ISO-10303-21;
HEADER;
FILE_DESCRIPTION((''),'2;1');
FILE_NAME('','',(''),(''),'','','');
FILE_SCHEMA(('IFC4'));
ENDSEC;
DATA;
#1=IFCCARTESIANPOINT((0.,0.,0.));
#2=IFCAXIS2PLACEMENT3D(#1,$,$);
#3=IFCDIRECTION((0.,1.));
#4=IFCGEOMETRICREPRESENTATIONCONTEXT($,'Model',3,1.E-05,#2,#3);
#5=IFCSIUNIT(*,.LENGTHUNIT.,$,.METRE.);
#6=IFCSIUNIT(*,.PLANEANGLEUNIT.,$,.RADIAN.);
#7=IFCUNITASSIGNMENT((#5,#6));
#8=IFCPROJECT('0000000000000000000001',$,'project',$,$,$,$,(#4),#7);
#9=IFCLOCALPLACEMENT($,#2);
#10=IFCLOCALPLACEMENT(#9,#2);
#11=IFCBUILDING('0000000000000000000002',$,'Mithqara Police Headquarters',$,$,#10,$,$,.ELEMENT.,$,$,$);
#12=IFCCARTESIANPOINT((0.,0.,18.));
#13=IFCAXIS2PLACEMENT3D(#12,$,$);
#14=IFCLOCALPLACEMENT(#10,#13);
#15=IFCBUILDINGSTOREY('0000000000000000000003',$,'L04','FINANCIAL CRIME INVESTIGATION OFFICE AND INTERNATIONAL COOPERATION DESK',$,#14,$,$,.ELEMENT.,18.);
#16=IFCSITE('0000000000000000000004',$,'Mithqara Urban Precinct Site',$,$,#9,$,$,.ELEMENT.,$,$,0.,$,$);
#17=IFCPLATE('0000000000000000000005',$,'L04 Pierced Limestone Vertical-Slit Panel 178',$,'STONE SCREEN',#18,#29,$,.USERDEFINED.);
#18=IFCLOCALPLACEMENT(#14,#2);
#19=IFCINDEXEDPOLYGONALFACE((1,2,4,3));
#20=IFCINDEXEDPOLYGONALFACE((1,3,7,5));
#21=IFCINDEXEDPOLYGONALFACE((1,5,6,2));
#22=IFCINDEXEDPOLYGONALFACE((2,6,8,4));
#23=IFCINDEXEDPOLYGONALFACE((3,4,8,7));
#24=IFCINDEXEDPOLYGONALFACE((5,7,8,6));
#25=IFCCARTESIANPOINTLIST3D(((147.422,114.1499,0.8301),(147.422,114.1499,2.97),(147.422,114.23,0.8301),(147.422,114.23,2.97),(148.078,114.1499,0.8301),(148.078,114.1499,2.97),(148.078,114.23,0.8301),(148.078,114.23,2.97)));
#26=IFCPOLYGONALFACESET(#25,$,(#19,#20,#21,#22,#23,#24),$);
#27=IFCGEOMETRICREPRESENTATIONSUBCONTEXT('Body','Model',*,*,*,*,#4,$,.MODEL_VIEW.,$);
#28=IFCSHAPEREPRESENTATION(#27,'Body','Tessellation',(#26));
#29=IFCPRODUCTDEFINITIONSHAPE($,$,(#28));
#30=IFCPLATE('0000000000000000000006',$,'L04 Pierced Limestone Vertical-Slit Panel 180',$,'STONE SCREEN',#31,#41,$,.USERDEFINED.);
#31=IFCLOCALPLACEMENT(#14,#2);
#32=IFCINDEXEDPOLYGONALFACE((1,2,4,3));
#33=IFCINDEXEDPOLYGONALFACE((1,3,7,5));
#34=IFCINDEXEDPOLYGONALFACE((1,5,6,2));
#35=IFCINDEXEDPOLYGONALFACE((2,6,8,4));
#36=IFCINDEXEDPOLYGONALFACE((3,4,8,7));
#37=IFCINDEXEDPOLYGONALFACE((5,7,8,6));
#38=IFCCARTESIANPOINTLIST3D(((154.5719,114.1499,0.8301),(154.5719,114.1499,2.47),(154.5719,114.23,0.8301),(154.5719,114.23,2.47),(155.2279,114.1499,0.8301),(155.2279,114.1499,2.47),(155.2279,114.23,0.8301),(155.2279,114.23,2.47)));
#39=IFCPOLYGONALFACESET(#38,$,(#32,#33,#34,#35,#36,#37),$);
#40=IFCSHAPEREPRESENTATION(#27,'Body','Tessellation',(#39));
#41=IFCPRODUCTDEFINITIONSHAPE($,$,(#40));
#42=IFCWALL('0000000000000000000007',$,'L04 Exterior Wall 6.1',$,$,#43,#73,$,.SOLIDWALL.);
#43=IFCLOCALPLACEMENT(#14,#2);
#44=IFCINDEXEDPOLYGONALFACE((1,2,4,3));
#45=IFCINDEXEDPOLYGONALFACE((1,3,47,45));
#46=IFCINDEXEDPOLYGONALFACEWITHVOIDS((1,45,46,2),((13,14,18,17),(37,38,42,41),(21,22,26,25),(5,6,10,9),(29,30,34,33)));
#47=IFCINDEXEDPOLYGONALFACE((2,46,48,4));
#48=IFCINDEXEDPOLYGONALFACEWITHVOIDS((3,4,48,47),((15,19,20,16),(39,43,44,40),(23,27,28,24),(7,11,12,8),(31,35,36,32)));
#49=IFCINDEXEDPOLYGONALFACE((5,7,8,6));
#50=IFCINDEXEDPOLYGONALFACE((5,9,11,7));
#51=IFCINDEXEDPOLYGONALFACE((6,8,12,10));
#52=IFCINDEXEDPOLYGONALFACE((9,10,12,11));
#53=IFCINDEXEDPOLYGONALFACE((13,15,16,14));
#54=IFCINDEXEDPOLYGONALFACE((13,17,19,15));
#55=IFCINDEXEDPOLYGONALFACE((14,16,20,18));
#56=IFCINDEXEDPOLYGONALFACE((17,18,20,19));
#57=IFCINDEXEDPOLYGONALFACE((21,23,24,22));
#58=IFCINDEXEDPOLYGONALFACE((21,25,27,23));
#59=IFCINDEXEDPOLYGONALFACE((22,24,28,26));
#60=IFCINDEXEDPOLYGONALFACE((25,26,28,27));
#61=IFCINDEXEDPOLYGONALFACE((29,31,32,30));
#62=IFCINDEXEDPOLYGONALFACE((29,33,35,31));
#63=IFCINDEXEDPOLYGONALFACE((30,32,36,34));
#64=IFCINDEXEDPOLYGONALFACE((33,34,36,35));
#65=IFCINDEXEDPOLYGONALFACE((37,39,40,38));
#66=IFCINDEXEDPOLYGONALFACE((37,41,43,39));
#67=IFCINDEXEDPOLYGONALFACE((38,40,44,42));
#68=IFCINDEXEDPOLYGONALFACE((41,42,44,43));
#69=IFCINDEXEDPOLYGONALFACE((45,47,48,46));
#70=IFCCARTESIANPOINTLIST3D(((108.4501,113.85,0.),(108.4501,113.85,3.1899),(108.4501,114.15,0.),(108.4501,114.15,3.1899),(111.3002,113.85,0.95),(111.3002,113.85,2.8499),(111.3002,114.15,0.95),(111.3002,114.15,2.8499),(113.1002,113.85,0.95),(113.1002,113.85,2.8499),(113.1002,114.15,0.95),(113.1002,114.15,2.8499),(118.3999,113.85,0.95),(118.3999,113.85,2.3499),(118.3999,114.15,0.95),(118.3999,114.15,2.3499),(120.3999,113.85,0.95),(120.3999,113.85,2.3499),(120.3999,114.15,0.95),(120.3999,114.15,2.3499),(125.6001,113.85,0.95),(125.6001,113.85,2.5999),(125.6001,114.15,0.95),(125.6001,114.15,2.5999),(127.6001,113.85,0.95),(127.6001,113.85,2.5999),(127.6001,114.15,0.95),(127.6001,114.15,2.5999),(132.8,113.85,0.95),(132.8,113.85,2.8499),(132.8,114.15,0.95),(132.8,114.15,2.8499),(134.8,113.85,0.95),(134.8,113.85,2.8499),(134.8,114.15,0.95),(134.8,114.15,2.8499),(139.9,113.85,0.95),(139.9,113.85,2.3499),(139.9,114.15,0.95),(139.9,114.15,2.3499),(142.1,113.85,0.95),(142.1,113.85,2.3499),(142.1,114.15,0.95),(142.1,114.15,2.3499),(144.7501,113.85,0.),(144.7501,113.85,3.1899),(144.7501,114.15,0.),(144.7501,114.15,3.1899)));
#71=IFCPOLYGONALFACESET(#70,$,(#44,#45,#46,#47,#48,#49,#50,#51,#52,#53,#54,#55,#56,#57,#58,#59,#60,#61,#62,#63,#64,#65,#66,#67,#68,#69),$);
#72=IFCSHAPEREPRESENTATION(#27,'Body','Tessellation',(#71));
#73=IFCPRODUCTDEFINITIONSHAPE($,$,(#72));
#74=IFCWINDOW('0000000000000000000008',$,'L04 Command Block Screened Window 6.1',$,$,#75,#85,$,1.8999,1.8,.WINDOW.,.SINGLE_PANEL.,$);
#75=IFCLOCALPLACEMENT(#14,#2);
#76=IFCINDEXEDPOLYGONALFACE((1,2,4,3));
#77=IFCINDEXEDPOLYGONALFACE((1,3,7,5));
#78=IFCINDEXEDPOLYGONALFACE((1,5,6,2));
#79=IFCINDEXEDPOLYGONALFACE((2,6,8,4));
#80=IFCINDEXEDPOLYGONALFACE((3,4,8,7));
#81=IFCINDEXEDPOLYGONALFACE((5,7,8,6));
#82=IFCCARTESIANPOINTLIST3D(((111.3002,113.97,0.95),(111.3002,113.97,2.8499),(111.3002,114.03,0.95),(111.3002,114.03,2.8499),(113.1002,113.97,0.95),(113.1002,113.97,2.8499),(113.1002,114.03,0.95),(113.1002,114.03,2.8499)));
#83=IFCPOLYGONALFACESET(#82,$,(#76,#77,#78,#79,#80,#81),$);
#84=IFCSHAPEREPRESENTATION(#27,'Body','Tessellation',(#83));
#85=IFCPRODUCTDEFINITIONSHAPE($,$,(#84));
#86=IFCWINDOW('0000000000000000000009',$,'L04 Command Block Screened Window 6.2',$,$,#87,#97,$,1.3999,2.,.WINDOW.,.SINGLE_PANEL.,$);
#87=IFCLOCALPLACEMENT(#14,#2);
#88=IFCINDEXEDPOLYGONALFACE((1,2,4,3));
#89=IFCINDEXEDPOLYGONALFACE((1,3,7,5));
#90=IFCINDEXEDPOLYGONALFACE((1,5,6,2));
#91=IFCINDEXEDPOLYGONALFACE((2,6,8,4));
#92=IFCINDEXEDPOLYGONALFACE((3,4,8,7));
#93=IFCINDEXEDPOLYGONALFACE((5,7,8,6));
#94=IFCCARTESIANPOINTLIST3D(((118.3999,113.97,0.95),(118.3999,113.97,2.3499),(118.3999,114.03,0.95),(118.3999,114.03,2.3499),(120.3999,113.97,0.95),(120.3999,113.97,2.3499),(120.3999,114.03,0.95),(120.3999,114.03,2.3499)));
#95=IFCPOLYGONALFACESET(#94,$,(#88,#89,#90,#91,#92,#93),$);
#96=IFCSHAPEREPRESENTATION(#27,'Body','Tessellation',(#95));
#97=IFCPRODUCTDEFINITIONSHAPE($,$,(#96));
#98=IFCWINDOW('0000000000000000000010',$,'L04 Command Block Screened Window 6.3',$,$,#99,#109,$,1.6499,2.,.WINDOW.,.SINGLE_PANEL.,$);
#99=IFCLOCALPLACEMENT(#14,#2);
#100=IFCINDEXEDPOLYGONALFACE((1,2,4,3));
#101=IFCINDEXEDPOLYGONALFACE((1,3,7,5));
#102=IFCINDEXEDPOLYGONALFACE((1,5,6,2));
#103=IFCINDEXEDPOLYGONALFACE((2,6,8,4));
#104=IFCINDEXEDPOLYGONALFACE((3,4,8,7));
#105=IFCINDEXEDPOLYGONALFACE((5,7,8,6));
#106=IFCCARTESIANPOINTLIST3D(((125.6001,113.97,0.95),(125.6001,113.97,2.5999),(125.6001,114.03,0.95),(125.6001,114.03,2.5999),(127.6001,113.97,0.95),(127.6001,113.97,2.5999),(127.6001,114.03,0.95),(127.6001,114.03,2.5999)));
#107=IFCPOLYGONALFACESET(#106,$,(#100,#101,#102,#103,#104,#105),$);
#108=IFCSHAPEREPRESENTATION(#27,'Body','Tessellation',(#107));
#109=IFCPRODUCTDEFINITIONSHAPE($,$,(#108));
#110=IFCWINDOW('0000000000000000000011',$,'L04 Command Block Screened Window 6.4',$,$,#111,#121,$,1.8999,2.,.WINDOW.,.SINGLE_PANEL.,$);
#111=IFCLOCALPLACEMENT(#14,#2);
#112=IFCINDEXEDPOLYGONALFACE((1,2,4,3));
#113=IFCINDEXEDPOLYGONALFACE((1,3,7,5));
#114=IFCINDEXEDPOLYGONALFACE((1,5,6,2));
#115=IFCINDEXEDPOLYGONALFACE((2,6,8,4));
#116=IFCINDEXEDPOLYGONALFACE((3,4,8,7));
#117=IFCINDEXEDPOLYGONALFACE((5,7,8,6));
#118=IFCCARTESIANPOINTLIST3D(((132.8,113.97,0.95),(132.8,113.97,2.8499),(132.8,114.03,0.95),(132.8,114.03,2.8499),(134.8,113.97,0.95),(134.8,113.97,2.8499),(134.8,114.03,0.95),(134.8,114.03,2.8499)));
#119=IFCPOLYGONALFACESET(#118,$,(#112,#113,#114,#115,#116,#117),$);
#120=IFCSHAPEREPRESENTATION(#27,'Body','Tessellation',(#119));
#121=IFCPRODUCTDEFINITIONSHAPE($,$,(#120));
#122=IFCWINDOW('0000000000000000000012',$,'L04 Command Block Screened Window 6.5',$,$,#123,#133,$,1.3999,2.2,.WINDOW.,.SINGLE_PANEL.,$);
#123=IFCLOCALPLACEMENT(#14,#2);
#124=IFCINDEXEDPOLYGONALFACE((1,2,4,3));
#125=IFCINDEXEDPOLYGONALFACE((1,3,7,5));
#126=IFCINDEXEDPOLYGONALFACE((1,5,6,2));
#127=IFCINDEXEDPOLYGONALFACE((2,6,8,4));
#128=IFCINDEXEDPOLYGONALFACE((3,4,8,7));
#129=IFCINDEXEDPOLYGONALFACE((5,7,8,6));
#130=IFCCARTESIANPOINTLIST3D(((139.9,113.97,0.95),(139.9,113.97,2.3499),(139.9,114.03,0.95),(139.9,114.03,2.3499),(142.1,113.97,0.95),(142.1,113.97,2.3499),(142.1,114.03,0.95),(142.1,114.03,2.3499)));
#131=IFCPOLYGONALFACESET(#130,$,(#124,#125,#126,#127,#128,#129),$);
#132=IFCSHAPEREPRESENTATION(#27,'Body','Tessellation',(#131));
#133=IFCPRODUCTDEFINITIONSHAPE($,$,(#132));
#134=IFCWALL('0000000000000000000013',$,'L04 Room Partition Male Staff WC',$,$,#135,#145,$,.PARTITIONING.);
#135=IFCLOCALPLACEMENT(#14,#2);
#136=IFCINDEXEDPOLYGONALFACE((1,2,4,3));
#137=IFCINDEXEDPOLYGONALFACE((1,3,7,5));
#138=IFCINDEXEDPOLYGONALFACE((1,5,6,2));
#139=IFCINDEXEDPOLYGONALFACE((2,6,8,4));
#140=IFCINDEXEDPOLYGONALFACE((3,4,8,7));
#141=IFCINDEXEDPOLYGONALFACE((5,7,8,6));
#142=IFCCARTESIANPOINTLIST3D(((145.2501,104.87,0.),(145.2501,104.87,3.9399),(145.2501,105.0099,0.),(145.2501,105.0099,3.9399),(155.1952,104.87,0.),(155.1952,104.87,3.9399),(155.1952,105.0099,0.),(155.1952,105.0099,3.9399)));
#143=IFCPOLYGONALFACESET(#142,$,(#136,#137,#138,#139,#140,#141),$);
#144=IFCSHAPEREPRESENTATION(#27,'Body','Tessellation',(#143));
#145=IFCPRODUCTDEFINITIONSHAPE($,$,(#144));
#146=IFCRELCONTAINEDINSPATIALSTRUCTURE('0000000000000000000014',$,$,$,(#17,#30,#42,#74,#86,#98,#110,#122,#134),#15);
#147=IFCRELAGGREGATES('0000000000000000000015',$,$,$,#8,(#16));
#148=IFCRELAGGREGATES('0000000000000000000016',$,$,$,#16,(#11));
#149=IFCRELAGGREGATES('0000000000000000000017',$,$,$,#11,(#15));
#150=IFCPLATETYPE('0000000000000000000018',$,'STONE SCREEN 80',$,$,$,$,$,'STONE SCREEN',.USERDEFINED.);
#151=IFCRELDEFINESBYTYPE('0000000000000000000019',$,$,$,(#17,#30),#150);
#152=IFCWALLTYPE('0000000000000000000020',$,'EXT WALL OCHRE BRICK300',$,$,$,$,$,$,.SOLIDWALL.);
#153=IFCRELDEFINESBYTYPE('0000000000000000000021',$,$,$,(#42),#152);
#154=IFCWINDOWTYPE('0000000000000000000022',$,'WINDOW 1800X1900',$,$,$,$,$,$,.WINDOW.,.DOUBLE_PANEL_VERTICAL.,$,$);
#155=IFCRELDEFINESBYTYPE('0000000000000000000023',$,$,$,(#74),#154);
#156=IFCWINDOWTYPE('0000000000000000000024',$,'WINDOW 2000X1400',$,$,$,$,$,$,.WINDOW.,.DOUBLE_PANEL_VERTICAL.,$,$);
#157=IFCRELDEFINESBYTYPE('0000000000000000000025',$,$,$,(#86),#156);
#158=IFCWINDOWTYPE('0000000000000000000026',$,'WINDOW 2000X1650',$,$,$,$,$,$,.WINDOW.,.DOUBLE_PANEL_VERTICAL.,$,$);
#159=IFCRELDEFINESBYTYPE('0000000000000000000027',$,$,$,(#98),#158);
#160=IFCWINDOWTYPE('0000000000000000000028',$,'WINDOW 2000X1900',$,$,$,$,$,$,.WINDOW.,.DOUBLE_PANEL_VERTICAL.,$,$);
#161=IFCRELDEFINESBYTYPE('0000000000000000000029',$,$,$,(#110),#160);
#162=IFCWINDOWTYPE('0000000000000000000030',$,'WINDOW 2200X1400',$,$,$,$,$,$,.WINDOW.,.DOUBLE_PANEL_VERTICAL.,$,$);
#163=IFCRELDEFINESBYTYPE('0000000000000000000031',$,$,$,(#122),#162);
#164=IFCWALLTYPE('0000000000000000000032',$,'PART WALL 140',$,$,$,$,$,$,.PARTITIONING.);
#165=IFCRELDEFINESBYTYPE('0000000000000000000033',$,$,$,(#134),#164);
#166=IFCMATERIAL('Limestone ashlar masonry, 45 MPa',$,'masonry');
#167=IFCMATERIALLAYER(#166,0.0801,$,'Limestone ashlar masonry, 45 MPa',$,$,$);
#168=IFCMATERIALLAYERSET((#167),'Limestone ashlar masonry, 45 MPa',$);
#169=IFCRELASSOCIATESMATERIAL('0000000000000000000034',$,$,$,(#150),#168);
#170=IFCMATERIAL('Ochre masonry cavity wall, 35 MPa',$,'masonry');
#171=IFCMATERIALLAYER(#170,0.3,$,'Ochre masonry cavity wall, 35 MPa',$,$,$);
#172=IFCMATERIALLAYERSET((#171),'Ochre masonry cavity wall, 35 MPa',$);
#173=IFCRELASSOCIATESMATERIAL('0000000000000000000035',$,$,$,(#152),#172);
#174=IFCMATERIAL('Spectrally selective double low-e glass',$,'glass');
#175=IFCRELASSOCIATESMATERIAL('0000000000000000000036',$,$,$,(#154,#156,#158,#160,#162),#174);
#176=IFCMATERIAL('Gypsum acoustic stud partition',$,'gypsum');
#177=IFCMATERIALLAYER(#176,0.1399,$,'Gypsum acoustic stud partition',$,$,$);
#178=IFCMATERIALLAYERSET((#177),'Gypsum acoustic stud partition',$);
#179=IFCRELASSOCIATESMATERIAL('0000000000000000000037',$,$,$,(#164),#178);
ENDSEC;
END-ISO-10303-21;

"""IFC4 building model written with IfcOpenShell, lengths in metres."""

from ifc_helpers import new_model, si_unit, direction, frame, frame_2d, origin, origin_2d, place, context, subcontext, project, spatial, rectangle, extrude, material, layer, layer_set, type_object, element, fill, save


model = new_model("IFC4")

# Units and contexts
model_context = context("Model", 3, precision=1e-05, world=origin(), true_north=direction((0.0, 1.0)))
body_context = subcontext(model_context, "Body", "Model", "MODEL_VIEW")
ifc_project = project(units=[si_unit("LENGTHUNIT", "METRE"), si_unit("PLANEANGLEUNIT", "RADIAN")], contexts=[model_context])

# Site, building, storey
site_placement = place(None, origin())
site = spatial("IfcSite", under=ifc_project, at=site_placement, Name="Mithqara Urban Precinct Site", CompositionType="ELEMENT", RefElevation=0.0)
building_placement = place(site_placement, origin())
building = spatial("IfcBuilding", under=site, at=building_placement, Name="Mithqara Police Headquarters", CompositionType="ELEMENT")
storey_placement = place(building_placement, frame((0.0, 0.0, 18.0)))
storey = spatial("IfcBuildingStorey", under=building, at=storey_placement, Name="L04", Description="FINANCIAL CRIME INVESTIGATION OFFICE AND INTERNATIONAL COOPERATION DESK", CompositionType="ELEMENT", Elevation=18.0)

# Plates
ifc_material_1 = material(Name="Limestone ashlar masonry, 45 MPa", Category="masonry")
ifc_layer_1 = layer(ifc_material_1, 0.0801, Name="Limestone ashlar masonry, 45 MPa")
ifc_layer_set_1 = layer_set([ifc_layer_1], Name="Limestone ashlar masonry, 45 MPa")
plate_type = type_object("IfcPlateType", Name="STONE SCREEN 80", ElementType="STONE SCREEN", PredefinedType="USERDEFINED", material=ifc_layer_set_1)
for number, where, z_axis, x_axis, name in (
    (1, (147.75, 114.1899, 0.8301), (0.0, 0.0, 1.0), (1.0, 0.0, 0.0), "L04 Pierced Limestone Vertical-Slit Panel 178"),
):
    element("IfcPlate", number, at=place(storey_placement, frame(where, z_axis=z_axis, x_axis=x_axis)), inside=storey, type_object=plate_type, Name=name, ObjectType="STONE SCREEN", PredefinedType="USERDEFINED", context=body_context, shape_type="SweptSolid", body=[
        extrude(rectangle(XDim=0.656, YDim=0.0801, at=origin_2d()), origin(), (0.0, 0.0, 1.0), 2.1399),
    ])
plate_placement = place(storey_placement, frame((154.8999, 114.1899, 0.8301), z_axis=(0.0, 0.0, 1.0), x_axis=(1.0, 0.0, 0.0)))
element("IfcPlate", 2, at=plate_placement, inside=storey, type_object=plate_type, Name="L04 Pierced Limestone Vertical-Slit Panel 180", ObjectType="STONE SCREEN", PredefinedType="USERDEFINED", context=body_context, shape_type="SweptSolid", body=[
    extrude(rectangle(XDim=0.656, YDim=0.0801, at=origin_2d()), origin(), (0.0, 0.0, 1.0), 1.6399),
])

# Wall, openings, windows
ifc_material_2 = material(Name="Ochre masonry cavity wall, 35 MPa", Category="masonry")
ifc_layer_2 = layer(ifc_material_2, 0.3, Name="Ochre masonry cavity wall, 35 MPa")
ifc_layer_set_2 = layer_set([ifc_layer_2], Name="Ochre masonry cavity wall, 35 MPa")
wall_type_1 = type_object("IfcWallType", Name="EXT WALL OCHRE BRICK300", PredefinedType="SOLIDWALL", material=ifc_layer_set_2)
wall_1_placement = place(storey_placement, frame((144.75, 114.0, 0.0), z_axis=(0.0, 0.0, 1.0), x_axis=(-1.0, 0.0, 0.0)))
wall_1 = element("IfcWall", 3, at=wall_1_placement, inside=storey, type_object=wall_type_1, Name="L04 Exterior Wall 6.1", PredefinedType="SOLIDWALL", context=body_context, shape_type="SweptSolid", body=[
    extrude(rectangle(XDim=36.3, YDim=0.3, at=frame_2d((18.1499, 0.0))), origin(), (0.0, 0.0, 1.0), 3.1899),
])
opening_1_placement = place(wall_1_placement, frame((31.6499, 0.0, 0.95)))
opening_1 = element("IfcOpeningElement", 4, at=opening_1_placement, cuts=wall_1, PredefinedType="OPENING", context=body_context, shape_type="SweptSolid", body=[
    extrude(rectangle(XDim=1.8, YDim=1.8999, at=frame_2d((0.8999, 0.95))), frame((0.0, 0.1602, 0.0), z_axis=(0.0, -1.0, 0.0), x_axis=(1.0, 0.0, 0.0)), (0.0, 0.0, 1.0), 0.3201),
])
opening_2_placement = place(wall_1_placement, frame((24.3501, 0.0, 0.95)))
opening_2 = element("IfcOpeningElement", 5, at=opening_2_placement, cuts=wall_1, PredefinedType="OPENING", context=body_context, shape_type="SweptSolid", body=[
    extrude(rectangle(XDim=2.0, YDim=1.3999, at=frame_2d((1.0, 0.7))), frame((0.0, 0.1602, 0.0), z_axis=(0.0, -1.0, 0.0), x_axis=(1.0, 0.0, 0.0)), (0.0, 0.0, 1.0), 0.3201),
])
opening_3_placement = place(wall_1_placement, frame((17.1499, 0.0, 0.95)))
opening_3 = element("IfcOpeningElement", 6, at=opening_3_placement, cuts=wall_1, PredefinedType="OPENING", context=body_context, shape_type="SweptSolid", body=[
    extrude(rectangle(XDim=2.0, YDim=1.6499, at=frame_2d((1.0, 0.825))), frame((0.0, 0.1602, 0.0), z_axis=(0.0, -1.0, 0.0), x_axis=(1.0, 0.0, 0.0)), (0.0, 0.0, 1.0), 0.3201),
])
opening_4_placement = place(wall_1_placement, frame((9.95, 0.0, 0.95)))
opening_4 = element("IfcOpeningElement", 7, at=opening_4_placement, cuts=wall_1, PredefinedType="OPENING", context=body_context, shape_type="SweptSolid", body=[
    extrude(rectangle(XDim=2.0, YDim=1.8999, at=frame_2d((1.0, 0.95))), frame((0.0, 0.1602, 0.0), z_axis=(0.0, -1.0, 0.0), x_axis=(1.0, 0.0, 0.0)), (0.0, 0.0, 1.0), 0.3201),
])
opening_5_placement = place(wall_1_placement, frame((2.6499, 0.0, 0.95)))
opening_5 = element("IfcOpeningElement", 8, at=opening_5_placement, cuts=wall_1, PredefinedType="OPENING", context=body_context, shape_type="SweptSolid", body=[
    extrude(rectangle(XDim=2.2, YDim=1.3999, at=frame_2d((1.1001, 0.7))), frame((0.0, 0.1602, 0.0), z_axis=(0.0, -1.0, 0.0), x_axis=(1.0, 0.0, 0.0)), (0.0, 0.0, 1.0), 0.3201),
])
ifc_material_3 = material(Name="Spectrally selective double low-e glass", Category="glass")
window_type_1 = type_object("IfcWindowType", Name="WINDOW 1800X1900", PartitioningType="DOUBLE_PANEL_VERTICAL", PredefinedType="WINDOW", material=ifc_material_3)
window_1_placement = place(opening_1_placement, origin())
window_1 = element("IfcWindow", 9, at=window_1_placement, inside=storey, type_object=window_type_1, Name="L04 Command Block Screened Window 6.1", OverallHeight=1.8999, OverallWidth=1.8, PartitioningType="SINGLE_PANEL", PredefinedType="WINDOW", context=body_context, shape_type="SweptSolid", body=[
    extrude(rectangle(XDim=1.8, YDim=1.8999, at=frame_2d((0.8999, 0.95))), frame((0.0, 0.03, 0.0), z_axis=(0.0, -1.0, 0.0), x_axis=(1.0, 0.0, 0.0)), (0.0, 0.0, 1.0), 0.0601),
])
fill(opening_1, window_1)
window_type_2 = type_object("IfcWindowType", Name="WINDOW 2000X1400", PartitioningType="DOUBLE_PANEL_VERTICAL", PredefinedType="WINDOW", material=ifc_material_3)
window_2_placement = place(opening_2_placement, origin())
window_2 = element("IfcWindow", 10, at=window_2_placement, inside=storey, type_object=window_type_2, Name="L04 Command Block Screened Window 6.2", OverallHeight=1.3999, OverallWidth=2.0, PartitioningType="SINGLE_PANEL", PredefinedType="WINDOW", context=body_context, shape_type="SweptSolid", body=[
    extrude(rectangle(XDim=2.0, YDim=1.3999, at=frame_2d((1.0, 0.7))), frame((0.0, 0.03, 0.0), z_axis=(0.0, -1.0, 0.0), x_axis=(1.0, 0.0, 0.0)), (0.0, 0.0, 1.0), 0.0601),
])
fill(opening_2, window_2)
window_type_3 = type_object("IfcWindowType", Name="WINDOW 2000X1650", PartitioningType="DOUBLE_PANEL_VERTICAL", PredefinedType="WINDOW", material=ifc_material_3)
window_3_placement = place(opening_3_placement, origin())
window_3 = element("IfcWindow", 11, at=window_3_placement, inside=storey, type_object=window_type_3, Name="L04 Command Block Screened Window 6.3", OverallHeight=1.6499, OverallWidth=2.0, PartitioningType="SINGLE_PANEL", PredefinedType="WINDOW", context=body_context, shape_type="SweptSolid", body=[
    extrude(rectangle(XDim=2.0, YDim=1.6499, at=frame_2d((1.0, 0.825))), frame((0.0, 0.03, 0.0), z_axis=(0.0, -1.0, 0.0), x_axis=(1.0, 0.0, 0.0)), (0.0, 0.0, 1.0), 0.0601),
])
fill(opening_3, window_3)
window_type_4 = type_object("IfcWindowType", Name="WINDOW 2000X1900", PartitioningType="DOUBLE_PANEL_VERTICAL", PredefinedType="WINDOW", material=ifc_material_3)
window_4_placement = place(opening_4_placement, origin())
window_4 = element("IfcWindow", 12, at=window_4_placement, inside=storey, type_object=window_type_4, Name="L04 Command Block Screened Window 6.4", OverallHeight=1.8999, OverallWidth=2.0, PartitioningType="SINGLE_PANEL", PredefinedType="WINDOW", context=body_context, shape_type="SweptSolid", body=[
    extrude(rectangle(XDim=2.0, YDim=1.8999, at=frame_2d((1.0, 0.95))), frame((0.0, 0.03, 0.0), z_axis=(0.0, -1.0, 0.0), x_axis=(1.0, 0.0, 0.0)), (0.0, 0.0, 1.0), 0.0601),
])
fill(opening_4, window_4)
window_type_5 = type_object("IfcWindowType", Name="WINDOW 2200X1400", PartitioningType="DOUBLE_PANEL_VERTICAL", PredefinedType="WINDOW", material=ifc_material_3)
window_5_placement = place(opening_5_placement, origin())
window_5 = element("IfcWindow", 13, at=window_5_placement, inside=storey, type_object=window_type_5, Name="L04 Command Block Screened Window 6.5", OverallHeight=1.3999, OverallWidth=2.2, PartitioningType="SINGLE_PANEL", PredefinedType="WINDOW", context=body_context, shape_type="SweptSolid", body=[
    extrude(rectangle(XDim=2.2, YDim=1.3999, at=frame_2d((1.1001, 0.7))), frame((0.0, 0.03, 0.0), z_axis=(0.0, -1.0, 0.0), x_axis=(1.0, 0.0, 0.0)), (0.0, 0.0, 1.0), 0.0601),
])
fill(opening_5, window_5)

# Wall
ifc_material_4 = material(Name="Gypsum acoustic stud partition", Category="gypsum")
ifc_layer_3 = layer(ifc_material_4, 0.1399, Name="Gypsum acoustic stud partition")
ifc_layer_set_3 = layer_set([ifc_layer_3], Name="Gypsum acoustic stud partition")
wall_type_2 = type_object("IfcWallType", Name="PART WALL 140", PredefinedType="PARTITIONING", material=ifc_layer_set_3)
wall_2_placement = place(storey_placement, frame((145.25, 104.9399, 0.0), z_axis=(0.0, 0.0, 1.0), x_axis=(1.0, 0.0, 0.0)))
element("IfcWall", 14, at=wall_2_placement, inside=storey, type_object=wall_type_2, Name="L04 Room Partition Male Staff WC", PredefinedType="PARTITIONING", context=body_context, shape_type="SweptSolid", body=[
    extrude(rectangle(XDim=9.9451, YDim=0.1399, at=frame_2d((4.9727, 0.0))), origin(), (0.0, 0.0, 1.0), 3.9399),
])

save(model, "model.ifc")
